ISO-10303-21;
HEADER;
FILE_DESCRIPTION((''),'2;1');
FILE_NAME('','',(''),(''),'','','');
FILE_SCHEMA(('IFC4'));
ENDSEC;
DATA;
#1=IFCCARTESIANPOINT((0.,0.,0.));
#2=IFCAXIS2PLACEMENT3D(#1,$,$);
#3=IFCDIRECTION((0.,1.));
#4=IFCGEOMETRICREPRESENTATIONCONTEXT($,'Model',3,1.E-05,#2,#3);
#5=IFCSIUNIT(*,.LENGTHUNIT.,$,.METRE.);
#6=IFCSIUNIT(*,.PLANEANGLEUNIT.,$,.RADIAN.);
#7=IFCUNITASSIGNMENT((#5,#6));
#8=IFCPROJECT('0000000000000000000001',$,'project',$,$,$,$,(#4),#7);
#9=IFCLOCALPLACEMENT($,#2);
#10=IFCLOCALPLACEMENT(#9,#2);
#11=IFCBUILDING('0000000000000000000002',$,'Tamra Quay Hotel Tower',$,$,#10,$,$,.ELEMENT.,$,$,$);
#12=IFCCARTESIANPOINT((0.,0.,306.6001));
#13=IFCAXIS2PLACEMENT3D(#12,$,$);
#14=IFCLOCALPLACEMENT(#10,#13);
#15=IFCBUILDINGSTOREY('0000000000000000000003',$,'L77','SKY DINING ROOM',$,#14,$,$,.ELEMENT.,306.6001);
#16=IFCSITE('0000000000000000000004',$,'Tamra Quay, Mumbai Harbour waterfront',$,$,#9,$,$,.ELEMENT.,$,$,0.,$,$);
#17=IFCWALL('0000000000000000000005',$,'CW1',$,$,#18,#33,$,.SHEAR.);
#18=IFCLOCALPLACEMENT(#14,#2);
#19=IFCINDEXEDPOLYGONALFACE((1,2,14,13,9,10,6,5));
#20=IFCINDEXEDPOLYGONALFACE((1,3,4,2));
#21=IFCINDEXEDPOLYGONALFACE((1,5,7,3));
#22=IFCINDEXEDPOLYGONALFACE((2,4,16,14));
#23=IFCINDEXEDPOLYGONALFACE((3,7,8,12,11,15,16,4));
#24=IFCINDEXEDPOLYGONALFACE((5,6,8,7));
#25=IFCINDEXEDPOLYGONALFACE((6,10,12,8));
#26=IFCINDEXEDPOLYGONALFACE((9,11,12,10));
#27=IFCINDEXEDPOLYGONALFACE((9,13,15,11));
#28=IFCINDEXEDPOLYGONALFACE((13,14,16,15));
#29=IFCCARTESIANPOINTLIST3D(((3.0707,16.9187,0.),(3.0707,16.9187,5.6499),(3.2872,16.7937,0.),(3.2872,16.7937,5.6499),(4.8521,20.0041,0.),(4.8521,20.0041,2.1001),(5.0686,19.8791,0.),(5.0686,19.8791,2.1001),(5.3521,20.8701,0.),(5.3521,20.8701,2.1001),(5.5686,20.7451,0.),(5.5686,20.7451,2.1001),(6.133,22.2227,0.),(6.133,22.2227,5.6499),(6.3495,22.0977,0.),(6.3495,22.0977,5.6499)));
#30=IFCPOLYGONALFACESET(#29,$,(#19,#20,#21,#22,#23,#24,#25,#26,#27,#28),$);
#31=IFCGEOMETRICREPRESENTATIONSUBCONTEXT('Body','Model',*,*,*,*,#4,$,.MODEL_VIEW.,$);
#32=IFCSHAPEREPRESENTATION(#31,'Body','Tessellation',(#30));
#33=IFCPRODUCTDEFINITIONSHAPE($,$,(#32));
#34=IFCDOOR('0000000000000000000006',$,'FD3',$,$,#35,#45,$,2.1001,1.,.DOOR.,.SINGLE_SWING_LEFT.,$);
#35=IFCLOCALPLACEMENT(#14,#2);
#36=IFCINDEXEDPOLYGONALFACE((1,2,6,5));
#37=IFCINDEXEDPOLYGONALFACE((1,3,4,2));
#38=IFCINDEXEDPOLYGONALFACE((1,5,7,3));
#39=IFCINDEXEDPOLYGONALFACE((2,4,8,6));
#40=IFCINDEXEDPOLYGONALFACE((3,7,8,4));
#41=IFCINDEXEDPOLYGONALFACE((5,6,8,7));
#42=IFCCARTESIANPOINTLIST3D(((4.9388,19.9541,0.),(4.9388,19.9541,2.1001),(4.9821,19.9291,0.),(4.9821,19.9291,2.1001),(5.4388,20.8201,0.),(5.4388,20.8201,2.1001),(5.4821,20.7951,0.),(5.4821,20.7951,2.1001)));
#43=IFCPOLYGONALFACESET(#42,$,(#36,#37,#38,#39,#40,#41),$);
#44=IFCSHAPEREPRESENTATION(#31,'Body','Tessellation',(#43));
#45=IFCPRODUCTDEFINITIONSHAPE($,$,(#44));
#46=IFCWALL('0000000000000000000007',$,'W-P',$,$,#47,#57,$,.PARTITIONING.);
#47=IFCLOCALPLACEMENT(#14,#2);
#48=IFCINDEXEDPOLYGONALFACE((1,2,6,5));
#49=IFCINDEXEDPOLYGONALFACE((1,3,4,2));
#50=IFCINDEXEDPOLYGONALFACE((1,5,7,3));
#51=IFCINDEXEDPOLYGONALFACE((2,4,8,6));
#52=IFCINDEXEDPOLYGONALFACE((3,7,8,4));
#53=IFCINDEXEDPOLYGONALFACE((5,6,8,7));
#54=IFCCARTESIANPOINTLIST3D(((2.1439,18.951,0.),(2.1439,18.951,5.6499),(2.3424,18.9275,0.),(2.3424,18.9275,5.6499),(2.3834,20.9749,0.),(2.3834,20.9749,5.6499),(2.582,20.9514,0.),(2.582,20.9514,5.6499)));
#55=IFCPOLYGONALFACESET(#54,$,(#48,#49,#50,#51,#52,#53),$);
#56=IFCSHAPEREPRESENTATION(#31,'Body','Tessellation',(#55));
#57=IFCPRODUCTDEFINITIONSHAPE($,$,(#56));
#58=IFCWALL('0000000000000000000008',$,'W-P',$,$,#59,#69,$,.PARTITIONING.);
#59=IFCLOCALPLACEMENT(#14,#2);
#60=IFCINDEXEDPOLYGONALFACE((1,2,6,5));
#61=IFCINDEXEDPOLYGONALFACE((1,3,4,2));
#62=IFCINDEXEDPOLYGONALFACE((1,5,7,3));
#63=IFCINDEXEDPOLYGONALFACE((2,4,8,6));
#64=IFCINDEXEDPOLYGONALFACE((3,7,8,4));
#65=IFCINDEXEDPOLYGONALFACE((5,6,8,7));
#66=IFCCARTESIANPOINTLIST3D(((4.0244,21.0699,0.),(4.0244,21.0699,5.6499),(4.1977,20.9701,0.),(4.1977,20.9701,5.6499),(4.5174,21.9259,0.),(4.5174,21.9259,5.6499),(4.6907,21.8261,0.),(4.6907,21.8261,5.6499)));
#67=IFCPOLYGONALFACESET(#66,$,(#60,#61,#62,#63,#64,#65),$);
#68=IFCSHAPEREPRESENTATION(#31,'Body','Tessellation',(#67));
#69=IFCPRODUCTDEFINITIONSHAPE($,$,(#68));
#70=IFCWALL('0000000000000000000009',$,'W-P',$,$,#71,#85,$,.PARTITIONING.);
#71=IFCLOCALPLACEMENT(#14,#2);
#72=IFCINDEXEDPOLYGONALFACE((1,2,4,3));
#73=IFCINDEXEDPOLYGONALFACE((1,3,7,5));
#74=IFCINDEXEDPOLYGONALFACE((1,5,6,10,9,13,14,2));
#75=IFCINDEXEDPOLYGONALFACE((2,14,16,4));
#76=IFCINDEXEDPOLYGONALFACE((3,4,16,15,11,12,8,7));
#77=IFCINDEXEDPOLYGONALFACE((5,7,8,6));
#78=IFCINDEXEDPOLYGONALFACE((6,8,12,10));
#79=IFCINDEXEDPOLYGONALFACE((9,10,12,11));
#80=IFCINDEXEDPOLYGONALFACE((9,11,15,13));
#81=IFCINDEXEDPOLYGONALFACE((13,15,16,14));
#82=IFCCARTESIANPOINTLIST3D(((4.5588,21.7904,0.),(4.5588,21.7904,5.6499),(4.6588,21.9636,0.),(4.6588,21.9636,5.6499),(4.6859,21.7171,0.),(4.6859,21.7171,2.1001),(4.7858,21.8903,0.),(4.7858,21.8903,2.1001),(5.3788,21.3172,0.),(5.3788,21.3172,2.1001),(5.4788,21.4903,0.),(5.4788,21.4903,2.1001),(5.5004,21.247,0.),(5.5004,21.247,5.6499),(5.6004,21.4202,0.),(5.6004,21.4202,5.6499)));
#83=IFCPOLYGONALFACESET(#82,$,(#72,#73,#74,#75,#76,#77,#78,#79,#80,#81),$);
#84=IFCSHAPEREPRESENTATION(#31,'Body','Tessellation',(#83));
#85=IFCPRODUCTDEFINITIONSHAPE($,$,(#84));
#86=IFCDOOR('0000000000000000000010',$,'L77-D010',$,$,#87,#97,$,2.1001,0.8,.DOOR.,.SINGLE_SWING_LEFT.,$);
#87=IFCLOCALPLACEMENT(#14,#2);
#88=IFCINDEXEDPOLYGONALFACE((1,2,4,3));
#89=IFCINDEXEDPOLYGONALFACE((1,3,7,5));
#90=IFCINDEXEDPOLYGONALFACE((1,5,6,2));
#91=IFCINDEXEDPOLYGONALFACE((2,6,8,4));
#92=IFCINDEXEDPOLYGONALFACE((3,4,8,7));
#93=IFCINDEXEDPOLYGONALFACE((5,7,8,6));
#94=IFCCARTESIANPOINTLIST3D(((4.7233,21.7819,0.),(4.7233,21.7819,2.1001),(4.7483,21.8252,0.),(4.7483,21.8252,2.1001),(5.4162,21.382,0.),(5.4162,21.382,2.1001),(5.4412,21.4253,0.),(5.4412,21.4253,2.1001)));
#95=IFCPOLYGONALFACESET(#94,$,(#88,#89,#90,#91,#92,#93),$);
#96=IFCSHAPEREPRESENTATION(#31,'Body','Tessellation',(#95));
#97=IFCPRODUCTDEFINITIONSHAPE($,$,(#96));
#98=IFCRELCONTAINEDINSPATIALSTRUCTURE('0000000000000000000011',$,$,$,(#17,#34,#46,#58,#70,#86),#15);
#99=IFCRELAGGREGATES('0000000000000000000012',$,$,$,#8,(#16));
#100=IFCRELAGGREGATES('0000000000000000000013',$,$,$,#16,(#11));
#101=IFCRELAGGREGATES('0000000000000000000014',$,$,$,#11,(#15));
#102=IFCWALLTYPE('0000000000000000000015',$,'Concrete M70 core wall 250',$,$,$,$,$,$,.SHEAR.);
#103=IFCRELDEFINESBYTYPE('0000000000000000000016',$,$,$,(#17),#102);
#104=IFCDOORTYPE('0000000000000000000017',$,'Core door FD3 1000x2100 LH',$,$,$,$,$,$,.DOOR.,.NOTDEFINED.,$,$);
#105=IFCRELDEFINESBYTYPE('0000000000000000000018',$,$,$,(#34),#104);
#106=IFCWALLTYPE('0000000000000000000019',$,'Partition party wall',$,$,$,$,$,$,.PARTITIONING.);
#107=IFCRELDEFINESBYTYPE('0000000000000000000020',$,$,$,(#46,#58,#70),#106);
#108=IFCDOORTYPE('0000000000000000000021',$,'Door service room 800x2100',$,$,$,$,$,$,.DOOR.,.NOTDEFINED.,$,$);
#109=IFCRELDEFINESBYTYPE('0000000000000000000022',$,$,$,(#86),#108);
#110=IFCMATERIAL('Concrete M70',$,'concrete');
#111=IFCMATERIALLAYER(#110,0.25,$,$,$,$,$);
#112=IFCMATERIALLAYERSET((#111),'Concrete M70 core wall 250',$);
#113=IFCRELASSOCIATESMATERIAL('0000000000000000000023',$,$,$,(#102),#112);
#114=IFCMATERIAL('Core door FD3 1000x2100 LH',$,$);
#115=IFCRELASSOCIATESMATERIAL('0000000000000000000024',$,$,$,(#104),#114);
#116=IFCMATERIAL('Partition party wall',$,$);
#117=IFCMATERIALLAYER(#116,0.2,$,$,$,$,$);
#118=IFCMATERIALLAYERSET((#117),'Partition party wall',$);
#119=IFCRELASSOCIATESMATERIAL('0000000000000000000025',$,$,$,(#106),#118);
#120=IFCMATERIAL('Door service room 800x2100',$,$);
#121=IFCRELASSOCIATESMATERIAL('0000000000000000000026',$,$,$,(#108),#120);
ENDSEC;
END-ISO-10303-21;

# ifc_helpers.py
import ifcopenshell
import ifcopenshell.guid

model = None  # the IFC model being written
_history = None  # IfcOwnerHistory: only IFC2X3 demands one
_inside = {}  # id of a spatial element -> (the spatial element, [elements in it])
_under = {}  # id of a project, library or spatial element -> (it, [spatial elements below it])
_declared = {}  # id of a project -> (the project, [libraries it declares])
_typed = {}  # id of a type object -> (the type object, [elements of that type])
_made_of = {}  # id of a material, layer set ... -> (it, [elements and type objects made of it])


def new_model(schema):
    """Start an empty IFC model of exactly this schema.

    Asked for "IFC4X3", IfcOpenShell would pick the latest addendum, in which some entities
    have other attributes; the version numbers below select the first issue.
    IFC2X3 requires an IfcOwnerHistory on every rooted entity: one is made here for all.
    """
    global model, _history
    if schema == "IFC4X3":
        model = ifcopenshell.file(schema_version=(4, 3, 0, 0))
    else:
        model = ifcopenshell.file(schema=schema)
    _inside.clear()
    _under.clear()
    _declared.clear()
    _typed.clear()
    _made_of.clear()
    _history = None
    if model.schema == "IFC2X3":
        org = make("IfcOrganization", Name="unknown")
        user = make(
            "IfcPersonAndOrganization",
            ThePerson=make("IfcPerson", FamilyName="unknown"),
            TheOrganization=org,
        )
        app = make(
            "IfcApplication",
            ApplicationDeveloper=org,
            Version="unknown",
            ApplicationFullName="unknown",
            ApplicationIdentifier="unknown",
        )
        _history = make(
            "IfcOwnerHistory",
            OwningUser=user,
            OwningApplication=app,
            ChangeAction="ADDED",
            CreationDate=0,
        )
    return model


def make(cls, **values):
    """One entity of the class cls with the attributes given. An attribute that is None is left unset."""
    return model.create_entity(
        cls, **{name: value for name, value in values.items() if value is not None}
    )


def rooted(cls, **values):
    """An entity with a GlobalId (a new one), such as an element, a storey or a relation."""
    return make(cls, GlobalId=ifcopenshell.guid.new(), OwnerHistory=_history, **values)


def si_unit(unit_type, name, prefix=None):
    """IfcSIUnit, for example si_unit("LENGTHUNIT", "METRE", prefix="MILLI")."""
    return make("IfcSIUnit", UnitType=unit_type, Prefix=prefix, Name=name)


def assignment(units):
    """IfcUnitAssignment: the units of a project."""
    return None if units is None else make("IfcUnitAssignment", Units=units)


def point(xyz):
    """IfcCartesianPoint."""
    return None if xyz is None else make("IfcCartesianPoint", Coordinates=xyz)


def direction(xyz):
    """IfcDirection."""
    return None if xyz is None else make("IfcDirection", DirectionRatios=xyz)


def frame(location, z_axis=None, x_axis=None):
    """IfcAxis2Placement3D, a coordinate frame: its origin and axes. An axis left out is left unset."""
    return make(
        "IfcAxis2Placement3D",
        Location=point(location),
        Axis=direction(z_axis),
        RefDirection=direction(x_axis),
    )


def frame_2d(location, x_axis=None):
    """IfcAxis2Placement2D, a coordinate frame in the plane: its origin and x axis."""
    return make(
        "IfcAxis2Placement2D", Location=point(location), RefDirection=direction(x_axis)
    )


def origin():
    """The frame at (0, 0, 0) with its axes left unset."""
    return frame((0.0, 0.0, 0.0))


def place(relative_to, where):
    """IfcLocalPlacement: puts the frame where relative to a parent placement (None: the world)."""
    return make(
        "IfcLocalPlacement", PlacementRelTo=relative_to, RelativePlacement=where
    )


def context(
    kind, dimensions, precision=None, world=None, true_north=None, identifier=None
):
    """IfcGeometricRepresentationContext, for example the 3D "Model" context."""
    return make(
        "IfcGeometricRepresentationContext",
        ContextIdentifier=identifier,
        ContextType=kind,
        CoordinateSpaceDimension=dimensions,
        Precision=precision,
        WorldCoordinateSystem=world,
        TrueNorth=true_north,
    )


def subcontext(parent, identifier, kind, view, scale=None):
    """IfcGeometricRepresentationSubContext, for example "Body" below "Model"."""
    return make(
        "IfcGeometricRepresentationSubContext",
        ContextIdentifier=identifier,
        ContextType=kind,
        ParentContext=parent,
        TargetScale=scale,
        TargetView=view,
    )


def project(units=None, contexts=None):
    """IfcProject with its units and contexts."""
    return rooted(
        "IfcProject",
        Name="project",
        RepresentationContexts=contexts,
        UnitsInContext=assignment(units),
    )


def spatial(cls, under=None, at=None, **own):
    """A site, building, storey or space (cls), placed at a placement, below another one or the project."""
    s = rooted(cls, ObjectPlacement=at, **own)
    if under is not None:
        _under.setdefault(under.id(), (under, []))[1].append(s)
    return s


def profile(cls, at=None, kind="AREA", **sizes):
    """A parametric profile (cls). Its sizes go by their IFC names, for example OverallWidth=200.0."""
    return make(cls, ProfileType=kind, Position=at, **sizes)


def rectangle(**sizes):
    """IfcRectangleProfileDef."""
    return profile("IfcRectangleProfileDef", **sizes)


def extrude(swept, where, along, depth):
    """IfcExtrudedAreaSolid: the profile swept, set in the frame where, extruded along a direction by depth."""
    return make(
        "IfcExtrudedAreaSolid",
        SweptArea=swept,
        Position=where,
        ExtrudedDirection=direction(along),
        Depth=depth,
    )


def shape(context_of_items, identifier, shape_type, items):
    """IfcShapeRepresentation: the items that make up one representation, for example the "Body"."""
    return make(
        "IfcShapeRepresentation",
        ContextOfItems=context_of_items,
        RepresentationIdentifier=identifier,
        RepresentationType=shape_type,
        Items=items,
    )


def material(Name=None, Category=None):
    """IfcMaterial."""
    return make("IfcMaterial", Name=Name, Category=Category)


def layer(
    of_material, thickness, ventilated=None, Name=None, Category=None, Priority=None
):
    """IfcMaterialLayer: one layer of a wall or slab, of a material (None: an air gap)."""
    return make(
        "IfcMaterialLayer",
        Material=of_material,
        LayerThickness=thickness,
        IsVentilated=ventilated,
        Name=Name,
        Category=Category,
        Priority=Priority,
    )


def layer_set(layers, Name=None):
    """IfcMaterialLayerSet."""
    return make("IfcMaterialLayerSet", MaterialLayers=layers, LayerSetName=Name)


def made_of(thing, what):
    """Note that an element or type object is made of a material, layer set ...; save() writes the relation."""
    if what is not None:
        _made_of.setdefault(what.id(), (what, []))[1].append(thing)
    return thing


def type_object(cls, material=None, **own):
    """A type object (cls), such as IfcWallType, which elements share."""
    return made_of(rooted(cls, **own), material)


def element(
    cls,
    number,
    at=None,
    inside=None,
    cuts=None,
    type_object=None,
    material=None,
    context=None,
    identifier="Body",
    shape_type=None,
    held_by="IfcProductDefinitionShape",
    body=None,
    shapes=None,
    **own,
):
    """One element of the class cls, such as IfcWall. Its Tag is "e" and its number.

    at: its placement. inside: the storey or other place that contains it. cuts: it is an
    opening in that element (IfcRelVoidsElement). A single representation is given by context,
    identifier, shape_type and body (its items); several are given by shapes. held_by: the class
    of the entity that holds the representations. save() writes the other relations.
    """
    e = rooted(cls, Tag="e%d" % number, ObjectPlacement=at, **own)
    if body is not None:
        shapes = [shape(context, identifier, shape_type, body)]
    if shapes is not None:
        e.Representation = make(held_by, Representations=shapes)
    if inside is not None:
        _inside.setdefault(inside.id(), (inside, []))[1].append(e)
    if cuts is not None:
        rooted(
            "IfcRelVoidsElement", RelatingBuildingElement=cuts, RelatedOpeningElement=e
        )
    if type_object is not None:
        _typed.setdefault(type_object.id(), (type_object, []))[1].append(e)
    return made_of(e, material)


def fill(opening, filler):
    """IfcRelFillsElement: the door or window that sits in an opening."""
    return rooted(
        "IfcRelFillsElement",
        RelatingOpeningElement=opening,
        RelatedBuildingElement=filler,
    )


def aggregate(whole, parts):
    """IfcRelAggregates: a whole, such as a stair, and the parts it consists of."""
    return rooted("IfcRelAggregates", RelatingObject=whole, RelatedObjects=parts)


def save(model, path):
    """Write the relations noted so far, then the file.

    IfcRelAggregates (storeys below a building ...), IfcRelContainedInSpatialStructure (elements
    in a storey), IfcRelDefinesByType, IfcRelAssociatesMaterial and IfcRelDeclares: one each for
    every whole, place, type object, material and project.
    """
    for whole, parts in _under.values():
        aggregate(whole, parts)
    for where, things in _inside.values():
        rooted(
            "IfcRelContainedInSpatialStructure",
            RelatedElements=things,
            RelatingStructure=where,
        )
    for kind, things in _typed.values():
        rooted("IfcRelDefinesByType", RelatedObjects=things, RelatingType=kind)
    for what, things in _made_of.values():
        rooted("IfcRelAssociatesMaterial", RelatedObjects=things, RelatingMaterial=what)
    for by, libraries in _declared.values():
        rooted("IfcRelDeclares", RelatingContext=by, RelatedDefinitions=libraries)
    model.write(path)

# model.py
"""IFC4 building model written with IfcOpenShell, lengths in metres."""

from ifc_helpers import new_model, si_unit, direction, frame, frame_2d, origin, place, context, subcontext, project, spatial, rectangle, extrude, material, layer, layer_set, type_object, element, fill, save


model = new_model("IFC4")

# Units and contexts
model_context = context("Model", 3, precision=1e-05, world=origin(), true_north=direction((0.0, 1.0)))
body_context = subcontext(model_context, "Body", "Model", "MODEL_VIEW")
ifc_project = project(units=[si_unit("LENGTHUNIT", "METRE"), si_unit("PLANEANGLEUNIT", "RADIAN")], contexts=[model_context])

# Site, building, storey
site_placement = place(None, origin())
site = spatial("IfcSite", under=ifc_project, at=site_placement, Name="Tamra Quay, Mumbai Harbour waterfront", CompositionType="ELEMENT", RefElevation=0.0)
building_placement = place(site_placement, origin())
building = spatial("IfcBuilding", under=site, at=building_placement, Name="Tamra Quay Hotel Tower", CompositionType="ELEMENT")
storey_placement = place(building_placement, frame((0.0, 0.0, 306.6001)))
storey = spatial("IfcBuildingStorey", under=building, at=storey_placement, Name="L77", Description="SKY DINING ROOM", CompositionType="ELEMENT", Elevation=306.6001)

# Shared definitions
ifc_material_1 = material(Name="Concrete M70", Category="concrete")

# Shared definitions
ifc_layer_1 = layer(ifc_material_1, 0.25)
ifc_layer_set_1 = layer_set([ifc_layer_1], Name="Concrete M70 core wall 250")
wall_type_1 = type_object("IfcWallType", Name="Concrete M70 core wall 250", PredefinedType="SHEAR", material=ifc_layer_set_1)

# Wall, opening, door
wall_1_placement = place(storey_placement, frame((3.179, 16.8562, 0.0), z_axis=(0.0, 0.0, 1.0), x_axis=(0.500002, 0.866024, 0.0)))
wall_1 = element("IfcWall", 1, at=wall_1_placement, inside=storey, type_object=wall_type_1, Name="CW1", PredefinedType="SHEAR", context=body_context, shape_type="SweptSolid", body=[
    extrude(rectangle(XDim=6.1245, YDim=0.25, at=frame_2d((3.0623, 0.0))), origin(), (0.0, 0.0, 1.0), 5.6499),
])
opening_1_placement = place(wall_1_placement, frame((3.5627, 0.0, 0.0)))
opening_1 = element("IfcOpeningElement", 2, at=opening_1_placement, cuts=wall_1, PredefinedType="OPENING", context=body_context, shape_type="SweptSolid", body=[
    extrude(rectangle(XDim=1.0, YDim=2.1001, at=frame_2d((0.5, 1.05))), frame((0.0, 0.135, 0.0), z_axis=(0.0, -1.0, 0.0), x_axis=(1.0, 0.0, 0.0)), (0.0, 0.0, 1.0), 0.27),
])
ifc_material_2 = material(Name="Core door FD3 1000x2100 LH")
door_type_1 = type_object("IfcDoorType", Name="Core door FD3 1000x2100 LH", OperationType="NOTDEFINED", PredefinedType="DOOR", material=ifc_material_2)
door_1_placement = place(opening_1_placement, origin())
door_1 = element("IfcDoor", 3, at=door_1_placement, inside=storey, type_object=door_type_1, Name="FD3", OperationType="SINGLE_SWING_LEFT", OverallHeight=2.1001, OverallWidth=1.0, PredefinedType="DOOR", context=body_context, shape_type="SweptSolid", body=[
    extrude(rectangle(XDim=1.0, YDim=2.1001, at=frame_2d((0.5, 1.05))), frame((0.0, 0.0249, 0.0), z_axis=(0.0, -1.0, 0.0), x_axis=(1.0, 0.0, 0.0)), (0.0, 0.0, 1.0), 0.05),
])
fill(opening_1, door_1)

# Walls
ifc_material_3 = material(Name="Partition party wall")
ifc_layer_2 = layer(ifc_material_3, 0.2)
ifc_layer_set_2 = layer_set([ifc_layer_2], Name="Partition party wall")
wall_type_2 = type_object("IfcWallType", Name="Partition party wall", PredefinedType="PARTITIONING", material=ifc_layer_set_2)
wall_2_placement = place(storey_placement, frame((2.2432, 18.9392, 0.0), z_axis=(0.0, 0.0, 1.0), x_axis=(0.117515, 0.993071, 0.0)))
element("IfcWall", 4, at=wall_2_placement, inside=storey, type_object=wall_type_2, Name="W-P", PredefinedType="PARTITIONING", context=body_context, shape_type="SweptSolid", body=[
    extrude(rectangle(XDim=2.0381, YDim=0.2, at=frame_2d((1.019, 0.0))), origin(), (0.0, 0.0, 1.0), 5.6499),
])
wall_3_placement = place(storey_placement, frame((4.1111, 21.02, 0.0), z_axis=(0.0, 0.0, 1.0), x_axis=(0.499038, 0.86658, 0.0)))
element("IfcWall", 5, at=wall_3_placement, inside=storey, type_object=wall_type_2, Name="W-P", PredefinedType="PARTITIONING", context=body_context, shape_type="SweptSolid", body=[
    extrude(rectangle(XDim=0.9878, YDim=0.2, at=frame_2d((0.4939, 0.0))), origin(), (0.0, 0.0, 1.0), 5.6499),
])

# Wall, opening, door
wall_4_placement = place(storey_placement, frame((4.6089, 21.877, 0.0), z_axis=(0.0, 0.0, 1.0), x_axis=(0.866107, -0.499859, 0.0)))
wall_4 = element("IfcWall", 6, at=wall_4_placement, inside=storey, type_object=wall_type_2, Name="W-P", PredefinedType="PARTITIONING", context=body_context, shape_type="SweptSolid", body=[
    extrude(rectangle(XDim=1.0872, YDim=0.2, at=frame_2d((0.5435, 0.0))), origin(), (0.0, 0.0, 1.0), 5.6499),
])
opening_2_placement = place(wall_4_placement, frame((0.1467, 0.0, 0.0)))
opening_2 = element("IfcOpeningElement", 7, at=opening_2_placement, cuts=wall_4, PredefinedType="OPENING", context=body_context, shape_type="SweptSolid", body=[
    extrude(rectangle(XDim=0.8, YDim=2.1001, at=frame_2d((0.3999, 1.05))), frame((0.0, 0.1099, 0.0), z_axis=(0.0, -1.0, 0.0), x_axis=(1.0, 0.0, 0.0)), (0.0, 0.0, 1.0), 0.22),
])
ifc_material_4 = material(Name="Door service room 800x2100")
door_type_2 = type_object("IfcDoorType", Name="Door service room 800x2100", OperationType="NOTDEFINED", PredefinedType="DOOR", material=ifc_material_4)
door_2_placement = place(opening_2_placement, origin())
door_2 = element("IfcDoor", 8, at=door_2_placement, inside=storey, type_object=door_type_2, Name="L77-D010", OperationType="SINGLE_SWING_LEFT", OverallHeight=2.1001, OverallWidth=0.8, PredefinedType="DOOR", context=body_context, shape_type="SweptSolid", body=[
    extrude(rectangle(XDim=0.8, YDim=2.1001, at=frame_2d((0.3999, 1.05))), frame((0.0, 0.0249, 0.0), z_axis=(0.0, -1.0, 0.0), x_axis=(1.0, 0.0, 0.0)), (0.0, 0.0, 1.0), 0.05),
])
fill(opening_2, door_2)

save(model, "model.ifc")
